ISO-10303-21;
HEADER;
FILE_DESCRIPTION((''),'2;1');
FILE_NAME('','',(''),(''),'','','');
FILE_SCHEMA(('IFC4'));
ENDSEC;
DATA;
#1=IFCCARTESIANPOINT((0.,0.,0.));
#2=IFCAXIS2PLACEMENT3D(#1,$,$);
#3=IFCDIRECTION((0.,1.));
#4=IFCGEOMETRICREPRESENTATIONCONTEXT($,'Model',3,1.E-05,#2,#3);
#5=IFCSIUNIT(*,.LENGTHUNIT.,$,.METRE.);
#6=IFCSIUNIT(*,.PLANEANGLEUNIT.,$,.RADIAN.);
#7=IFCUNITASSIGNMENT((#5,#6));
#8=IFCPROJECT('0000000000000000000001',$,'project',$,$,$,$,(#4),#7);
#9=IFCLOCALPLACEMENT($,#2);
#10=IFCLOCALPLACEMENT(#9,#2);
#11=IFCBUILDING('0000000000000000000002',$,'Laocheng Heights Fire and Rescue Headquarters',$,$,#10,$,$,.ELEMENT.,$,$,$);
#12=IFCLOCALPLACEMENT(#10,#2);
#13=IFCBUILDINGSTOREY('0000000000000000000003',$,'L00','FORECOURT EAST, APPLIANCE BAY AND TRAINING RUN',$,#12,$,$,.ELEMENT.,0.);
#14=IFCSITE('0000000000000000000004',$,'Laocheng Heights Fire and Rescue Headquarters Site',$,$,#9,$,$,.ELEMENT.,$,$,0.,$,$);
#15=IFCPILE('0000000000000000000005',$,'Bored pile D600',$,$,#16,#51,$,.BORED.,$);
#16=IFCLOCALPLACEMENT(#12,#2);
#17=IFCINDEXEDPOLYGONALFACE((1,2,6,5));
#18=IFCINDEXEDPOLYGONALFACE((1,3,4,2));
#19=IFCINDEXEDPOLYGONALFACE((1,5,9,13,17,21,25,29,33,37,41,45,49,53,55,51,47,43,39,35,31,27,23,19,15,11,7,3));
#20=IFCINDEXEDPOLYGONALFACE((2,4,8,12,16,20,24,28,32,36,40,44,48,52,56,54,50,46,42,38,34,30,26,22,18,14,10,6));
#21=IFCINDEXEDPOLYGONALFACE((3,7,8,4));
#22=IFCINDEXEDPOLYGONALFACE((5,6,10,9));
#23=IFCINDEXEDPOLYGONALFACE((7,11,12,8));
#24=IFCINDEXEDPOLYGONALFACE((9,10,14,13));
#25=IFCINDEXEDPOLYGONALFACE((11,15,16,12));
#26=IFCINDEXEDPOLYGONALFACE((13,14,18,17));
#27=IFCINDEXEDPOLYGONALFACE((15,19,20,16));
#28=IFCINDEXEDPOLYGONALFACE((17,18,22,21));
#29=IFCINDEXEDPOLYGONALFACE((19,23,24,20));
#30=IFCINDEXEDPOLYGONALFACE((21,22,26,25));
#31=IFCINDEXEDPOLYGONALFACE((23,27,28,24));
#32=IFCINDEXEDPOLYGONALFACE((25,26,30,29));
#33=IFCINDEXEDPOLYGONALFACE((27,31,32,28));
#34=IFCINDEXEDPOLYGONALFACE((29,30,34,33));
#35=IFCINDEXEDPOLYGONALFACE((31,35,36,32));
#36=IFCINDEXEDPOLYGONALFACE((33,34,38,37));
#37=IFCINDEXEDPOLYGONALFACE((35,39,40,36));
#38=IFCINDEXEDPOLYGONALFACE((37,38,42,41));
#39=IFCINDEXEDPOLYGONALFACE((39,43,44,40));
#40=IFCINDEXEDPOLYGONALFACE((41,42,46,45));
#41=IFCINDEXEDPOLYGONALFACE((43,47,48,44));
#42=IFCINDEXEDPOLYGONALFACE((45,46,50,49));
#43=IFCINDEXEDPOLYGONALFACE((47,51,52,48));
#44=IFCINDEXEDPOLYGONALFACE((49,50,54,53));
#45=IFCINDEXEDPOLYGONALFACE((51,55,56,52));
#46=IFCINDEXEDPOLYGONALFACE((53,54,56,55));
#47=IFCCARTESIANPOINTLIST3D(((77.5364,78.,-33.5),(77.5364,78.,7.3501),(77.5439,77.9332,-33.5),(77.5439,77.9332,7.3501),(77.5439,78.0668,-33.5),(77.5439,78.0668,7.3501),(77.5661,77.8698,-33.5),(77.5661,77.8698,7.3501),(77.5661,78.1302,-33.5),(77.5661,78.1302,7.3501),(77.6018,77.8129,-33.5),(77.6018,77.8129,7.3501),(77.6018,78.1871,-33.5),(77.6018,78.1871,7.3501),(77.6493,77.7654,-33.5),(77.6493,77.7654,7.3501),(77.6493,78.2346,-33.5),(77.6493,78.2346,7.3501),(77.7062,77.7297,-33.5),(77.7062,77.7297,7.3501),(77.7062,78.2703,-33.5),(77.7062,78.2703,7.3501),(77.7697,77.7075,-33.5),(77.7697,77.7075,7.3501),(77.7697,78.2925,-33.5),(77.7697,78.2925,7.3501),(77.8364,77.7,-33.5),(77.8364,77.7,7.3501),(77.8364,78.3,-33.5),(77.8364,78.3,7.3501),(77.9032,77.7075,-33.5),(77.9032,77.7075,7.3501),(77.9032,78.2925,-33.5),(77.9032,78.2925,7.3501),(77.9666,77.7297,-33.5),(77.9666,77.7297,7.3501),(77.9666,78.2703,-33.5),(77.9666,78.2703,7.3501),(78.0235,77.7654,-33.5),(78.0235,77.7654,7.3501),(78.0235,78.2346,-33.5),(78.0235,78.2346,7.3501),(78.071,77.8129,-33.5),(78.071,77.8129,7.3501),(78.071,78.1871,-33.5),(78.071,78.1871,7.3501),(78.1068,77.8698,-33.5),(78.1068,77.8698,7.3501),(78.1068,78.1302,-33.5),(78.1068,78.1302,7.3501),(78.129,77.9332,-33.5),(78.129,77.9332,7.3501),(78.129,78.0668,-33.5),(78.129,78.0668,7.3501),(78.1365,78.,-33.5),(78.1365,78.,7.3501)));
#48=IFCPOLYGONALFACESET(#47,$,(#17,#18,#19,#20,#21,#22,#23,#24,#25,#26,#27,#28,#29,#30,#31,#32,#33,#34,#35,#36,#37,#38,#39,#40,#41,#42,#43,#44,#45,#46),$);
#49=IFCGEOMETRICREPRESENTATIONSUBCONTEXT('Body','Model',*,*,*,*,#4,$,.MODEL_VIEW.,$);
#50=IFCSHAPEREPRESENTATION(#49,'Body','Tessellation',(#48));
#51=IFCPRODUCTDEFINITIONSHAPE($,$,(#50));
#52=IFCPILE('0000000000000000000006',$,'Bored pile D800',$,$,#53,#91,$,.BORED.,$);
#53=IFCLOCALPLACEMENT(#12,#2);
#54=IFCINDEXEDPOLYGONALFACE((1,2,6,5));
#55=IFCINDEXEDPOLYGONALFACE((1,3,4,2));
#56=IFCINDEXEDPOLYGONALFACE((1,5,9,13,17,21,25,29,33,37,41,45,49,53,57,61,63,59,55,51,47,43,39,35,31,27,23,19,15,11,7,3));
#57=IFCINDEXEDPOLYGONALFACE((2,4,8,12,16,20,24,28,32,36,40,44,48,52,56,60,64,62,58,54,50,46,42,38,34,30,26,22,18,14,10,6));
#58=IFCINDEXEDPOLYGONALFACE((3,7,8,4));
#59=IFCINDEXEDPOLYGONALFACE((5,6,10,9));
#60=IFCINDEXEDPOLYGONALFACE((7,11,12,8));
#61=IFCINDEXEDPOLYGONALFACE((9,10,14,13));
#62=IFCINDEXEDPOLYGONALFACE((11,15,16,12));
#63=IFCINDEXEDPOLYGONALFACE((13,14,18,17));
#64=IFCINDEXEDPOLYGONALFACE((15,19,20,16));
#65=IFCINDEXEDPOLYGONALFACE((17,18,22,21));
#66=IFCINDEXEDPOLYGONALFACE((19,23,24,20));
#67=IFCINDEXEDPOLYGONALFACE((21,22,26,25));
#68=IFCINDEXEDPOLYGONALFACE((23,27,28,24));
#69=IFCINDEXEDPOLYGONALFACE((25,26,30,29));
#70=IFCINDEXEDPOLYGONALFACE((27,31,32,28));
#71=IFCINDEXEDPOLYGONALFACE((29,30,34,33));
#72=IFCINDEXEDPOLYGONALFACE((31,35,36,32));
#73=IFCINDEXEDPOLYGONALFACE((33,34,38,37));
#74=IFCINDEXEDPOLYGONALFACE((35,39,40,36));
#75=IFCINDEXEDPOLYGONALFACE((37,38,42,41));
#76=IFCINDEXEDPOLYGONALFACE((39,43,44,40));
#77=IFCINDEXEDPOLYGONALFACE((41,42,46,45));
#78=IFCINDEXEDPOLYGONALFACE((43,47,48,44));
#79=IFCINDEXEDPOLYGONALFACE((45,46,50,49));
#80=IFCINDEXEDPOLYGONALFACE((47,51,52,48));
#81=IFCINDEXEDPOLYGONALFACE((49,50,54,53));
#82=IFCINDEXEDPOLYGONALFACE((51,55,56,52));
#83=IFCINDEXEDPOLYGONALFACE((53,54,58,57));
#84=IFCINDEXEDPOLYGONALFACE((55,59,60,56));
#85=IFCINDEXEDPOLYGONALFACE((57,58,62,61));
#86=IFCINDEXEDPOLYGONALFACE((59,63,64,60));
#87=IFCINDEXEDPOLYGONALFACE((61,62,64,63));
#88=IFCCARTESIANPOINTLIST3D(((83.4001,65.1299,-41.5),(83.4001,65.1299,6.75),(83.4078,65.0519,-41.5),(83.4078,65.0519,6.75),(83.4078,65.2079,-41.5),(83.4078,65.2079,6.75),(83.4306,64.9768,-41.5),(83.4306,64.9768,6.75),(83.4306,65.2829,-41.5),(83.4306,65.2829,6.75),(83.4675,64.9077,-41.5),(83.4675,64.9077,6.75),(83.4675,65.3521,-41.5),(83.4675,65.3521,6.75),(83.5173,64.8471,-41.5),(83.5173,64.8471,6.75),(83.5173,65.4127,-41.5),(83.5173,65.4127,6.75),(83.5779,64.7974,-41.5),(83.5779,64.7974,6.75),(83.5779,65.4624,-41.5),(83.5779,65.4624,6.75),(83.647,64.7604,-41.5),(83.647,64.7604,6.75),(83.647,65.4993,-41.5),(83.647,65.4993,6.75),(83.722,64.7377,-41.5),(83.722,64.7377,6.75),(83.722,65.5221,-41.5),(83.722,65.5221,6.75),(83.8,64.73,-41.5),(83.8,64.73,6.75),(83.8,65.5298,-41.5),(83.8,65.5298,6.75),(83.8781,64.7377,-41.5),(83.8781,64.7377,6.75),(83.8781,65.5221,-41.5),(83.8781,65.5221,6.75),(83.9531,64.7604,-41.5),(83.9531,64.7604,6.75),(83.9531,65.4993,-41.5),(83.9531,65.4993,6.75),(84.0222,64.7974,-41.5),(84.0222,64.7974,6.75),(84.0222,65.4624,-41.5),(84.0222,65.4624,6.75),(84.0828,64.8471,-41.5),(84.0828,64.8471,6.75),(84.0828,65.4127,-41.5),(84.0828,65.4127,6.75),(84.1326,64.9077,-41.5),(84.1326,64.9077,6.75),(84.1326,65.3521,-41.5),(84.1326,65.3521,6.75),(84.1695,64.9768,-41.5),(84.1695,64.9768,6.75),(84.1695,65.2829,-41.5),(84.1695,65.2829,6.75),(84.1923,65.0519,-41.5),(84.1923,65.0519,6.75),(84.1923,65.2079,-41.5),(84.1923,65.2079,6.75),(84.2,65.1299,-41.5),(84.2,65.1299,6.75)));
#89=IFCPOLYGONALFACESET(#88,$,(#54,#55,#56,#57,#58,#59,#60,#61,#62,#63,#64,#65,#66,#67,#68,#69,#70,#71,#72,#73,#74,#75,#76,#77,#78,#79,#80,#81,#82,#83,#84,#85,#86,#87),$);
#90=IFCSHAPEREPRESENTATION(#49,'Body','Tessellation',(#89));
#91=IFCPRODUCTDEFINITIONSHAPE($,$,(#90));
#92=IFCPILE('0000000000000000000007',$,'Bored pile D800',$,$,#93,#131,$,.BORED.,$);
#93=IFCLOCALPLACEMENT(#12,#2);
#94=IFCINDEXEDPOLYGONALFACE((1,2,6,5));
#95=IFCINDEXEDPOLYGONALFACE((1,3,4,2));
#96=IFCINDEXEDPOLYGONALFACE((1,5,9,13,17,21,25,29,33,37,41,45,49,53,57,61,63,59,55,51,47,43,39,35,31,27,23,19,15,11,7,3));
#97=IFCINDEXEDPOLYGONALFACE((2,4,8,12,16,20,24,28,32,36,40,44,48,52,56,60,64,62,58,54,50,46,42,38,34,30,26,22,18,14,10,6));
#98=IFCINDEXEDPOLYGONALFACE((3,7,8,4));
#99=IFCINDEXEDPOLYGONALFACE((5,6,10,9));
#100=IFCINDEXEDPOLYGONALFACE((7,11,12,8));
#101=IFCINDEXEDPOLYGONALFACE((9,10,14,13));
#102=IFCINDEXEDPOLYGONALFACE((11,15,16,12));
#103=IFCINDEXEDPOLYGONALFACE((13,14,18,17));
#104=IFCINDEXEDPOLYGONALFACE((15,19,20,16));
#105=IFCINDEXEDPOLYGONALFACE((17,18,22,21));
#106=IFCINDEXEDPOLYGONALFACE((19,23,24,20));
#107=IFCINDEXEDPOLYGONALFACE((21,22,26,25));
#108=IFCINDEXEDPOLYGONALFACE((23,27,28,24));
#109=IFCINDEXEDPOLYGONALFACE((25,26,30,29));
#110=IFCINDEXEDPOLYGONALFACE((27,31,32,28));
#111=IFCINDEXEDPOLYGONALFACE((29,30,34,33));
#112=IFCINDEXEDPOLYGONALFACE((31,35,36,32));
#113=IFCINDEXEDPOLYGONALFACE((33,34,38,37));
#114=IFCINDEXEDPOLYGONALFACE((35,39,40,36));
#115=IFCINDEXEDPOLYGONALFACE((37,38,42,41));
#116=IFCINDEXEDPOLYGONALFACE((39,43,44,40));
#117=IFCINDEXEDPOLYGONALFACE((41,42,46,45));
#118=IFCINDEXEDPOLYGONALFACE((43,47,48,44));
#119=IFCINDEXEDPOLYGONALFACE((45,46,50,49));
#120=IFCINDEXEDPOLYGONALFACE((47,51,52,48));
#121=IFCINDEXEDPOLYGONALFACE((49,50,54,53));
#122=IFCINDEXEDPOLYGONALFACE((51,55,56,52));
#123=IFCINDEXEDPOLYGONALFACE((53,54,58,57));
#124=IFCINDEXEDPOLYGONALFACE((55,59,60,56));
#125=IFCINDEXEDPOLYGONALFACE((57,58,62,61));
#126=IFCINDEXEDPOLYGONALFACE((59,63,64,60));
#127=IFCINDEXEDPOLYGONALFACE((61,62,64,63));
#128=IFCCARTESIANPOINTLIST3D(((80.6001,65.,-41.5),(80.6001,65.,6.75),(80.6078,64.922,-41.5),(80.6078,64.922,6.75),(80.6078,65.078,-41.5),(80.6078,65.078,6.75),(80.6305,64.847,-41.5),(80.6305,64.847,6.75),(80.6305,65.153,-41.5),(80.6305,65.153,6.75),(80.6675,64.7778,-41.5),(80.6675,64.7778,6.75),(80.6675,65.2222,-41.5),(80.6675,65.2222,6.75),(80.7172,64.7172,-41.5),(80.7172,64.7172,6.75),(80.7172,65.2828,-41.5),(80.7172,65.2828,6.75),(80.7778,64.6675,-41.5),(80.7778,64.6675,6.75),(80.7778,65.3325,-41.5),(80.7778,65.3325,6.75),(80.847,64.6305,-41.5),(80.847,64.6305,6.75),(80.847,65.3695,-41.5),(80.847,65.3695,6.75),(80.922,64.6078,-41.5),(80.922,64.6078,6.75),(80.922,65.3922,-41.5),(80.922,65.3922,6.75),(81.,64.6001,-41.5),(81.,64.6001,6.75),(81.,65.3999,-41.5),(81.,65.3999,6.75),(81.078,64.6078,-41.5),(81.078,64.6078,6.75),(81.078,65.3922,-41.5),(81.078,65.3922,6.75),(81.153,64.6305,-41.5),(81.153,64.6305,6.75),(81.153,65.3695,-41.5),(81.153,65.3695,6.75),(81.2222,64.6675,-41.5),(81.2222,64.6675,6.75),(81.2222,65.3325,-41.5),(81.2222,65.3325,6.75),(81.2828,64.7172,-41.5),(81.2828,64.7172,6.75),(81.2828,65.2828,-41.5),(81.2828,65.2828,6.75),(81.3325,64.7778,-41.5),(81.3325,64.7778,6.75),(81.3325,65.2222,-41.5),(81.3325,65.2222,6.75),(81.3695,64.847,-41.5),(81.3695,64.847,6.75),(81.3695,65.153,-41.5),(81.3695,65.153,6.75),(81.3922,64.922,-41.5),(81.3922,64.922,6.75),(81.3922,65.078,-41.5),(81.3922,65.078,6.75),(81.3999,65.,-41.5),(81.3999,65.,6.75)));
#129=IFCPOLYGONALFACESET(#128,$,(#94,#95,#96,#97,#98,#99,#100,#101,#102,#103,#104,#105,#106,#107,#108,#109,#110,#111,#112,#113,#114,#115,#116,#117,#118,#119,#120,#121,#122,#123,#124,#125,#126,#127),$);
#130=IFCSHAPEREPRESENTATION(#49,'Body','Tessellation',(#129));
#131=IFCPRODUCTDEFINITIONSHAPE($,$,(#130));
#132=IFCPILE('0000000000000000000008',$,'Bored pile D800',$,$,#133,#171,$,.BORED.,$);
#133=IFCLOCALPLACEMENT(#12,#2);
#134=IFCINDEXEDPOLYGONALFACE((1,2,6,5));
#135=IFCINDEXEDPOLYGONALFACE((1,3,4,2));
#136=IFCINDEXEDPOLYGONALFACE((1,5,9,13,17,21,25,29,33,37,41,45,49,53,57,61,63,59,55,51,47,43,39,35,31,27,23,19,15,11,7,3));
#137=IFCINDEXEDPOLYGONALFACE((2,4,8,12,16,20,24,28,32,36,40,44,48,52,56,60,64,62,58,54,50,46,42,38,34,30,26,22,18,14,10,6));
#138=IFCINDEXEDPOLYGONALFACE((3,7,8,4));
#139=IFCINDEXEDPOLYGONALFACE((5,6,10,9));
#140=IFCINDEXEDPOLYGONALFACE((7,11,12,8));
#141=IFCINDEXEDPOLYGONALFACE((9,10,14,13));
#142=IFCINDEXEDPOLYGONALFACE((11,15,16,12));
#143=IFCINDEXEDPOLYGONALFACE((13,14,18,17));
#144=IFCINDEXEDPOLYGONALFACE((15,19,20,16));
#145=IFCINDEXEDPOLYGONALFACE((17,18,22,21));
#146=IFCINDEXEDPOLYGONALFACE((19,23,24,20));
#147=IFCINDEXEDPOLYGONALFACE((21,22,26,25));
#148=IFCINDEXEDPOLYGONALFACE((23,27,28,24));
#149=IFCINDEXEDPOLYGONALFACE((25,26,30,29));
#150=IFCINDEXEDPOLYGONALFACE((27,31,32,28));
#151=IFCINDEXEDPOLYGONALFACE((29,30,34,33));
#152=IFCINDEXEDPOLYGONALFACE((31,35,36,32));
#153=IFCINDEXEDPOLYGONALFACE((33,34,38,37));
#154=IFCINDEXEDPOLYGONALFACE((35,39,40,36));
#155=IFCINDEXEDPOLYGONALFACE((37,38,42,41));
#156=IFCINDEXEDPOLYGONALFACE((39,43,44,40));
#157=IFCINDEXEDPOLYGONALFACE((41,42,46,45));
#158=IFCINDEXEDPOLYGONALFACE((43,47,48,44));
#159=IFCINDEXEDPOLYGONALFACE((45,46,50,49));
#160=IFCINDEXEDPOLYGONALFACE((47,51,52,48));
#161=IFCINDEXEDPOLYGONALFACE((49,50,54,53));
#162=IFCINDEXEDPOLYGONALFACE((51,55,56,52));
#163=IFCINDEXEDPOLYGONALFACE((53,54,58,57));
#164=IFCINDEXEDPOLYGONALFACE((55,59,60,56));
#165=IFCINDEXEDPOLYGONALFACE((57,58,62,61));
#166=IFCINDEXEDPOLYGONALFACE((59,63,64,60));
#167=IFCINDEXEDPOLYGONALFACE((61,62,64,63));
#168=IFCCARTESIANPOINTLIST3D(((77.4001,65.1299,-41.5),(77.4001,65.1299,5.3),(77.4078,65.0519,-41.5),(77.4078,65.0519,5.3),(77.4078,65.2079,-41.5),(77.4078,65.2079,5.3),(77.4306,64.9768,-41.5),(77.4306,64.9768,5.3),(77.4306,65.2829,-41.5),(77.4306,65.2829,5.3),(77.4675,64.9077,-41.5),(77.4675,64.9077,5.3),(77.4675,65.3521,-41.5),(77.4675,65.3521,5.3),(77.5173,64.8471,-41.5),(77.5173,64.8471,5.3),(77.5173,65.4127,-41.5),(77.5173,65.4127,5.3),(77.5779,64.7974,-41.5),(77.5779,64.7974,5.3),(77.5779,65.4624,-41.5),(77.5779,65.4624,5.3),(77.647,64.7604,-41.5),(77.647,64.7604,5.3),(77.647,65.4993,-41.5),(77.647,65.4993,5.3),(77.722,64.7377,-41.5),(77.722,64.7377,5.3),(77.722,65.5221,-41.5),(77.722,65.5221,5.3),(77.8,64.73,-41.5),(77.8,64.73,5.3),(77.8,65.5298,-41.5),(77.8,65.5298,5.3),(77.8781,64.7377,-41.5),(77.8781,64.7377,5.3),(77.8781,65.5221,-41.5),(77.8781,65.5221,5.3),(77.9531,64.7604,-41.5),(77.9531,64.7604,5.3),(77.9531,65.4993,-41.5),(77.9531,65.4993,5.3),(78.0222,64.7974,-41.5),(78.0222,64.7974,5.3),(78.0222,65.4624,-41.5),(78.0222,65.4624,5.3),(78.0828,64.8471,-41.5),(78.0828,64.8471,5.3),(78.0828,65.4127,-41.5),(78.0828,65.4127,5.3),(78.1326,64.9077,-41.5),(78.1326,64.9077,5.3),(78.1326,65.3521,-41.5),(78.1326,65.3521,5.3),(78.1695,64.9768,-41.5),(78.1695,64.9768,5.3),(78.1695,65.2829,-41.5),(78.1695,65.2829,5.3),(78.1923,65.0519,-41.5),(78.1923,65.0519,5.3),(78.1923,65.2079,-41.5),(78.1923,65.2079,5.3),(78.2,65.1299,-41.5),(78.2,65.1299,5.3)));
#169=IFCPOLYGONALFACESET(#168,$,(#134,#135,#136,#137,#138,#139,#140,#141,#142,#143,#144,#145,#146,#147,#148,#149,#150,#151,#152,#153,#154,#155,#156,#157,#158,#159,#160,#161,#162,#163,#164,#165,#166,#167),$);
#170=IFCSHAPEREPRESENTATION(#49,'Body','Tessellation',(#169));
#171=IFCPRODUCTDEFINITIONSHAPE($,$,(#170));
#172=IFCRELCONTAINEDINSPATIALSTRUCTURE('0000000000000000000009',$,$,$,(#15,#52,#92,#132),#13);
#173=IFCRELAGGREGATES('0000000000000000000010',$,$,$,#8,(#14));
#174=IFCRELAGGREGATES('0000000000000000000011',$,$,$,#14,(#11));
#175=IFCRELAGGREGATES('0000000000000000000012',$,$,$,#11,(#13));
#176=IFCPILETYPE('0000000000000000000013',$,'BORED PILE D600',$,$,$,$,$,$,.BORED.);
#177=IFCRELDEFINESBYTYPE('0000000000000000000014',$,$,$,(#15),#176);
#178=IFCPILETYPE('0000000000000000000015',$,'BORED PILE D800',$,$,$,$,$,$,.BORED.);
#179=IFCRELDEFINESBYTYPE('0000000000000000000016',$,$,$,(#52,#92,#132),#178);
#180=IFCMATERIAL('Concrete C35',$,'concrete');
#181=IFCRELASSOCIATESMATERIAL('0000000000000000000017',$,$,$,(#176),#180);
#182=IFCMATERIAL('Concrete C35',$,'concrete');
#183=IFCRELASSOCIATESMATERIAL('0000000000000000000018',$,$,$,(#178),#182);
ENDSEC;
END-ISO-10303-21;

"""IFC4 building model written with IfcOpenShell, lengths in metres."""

from ifc_helpers import new_model, si_unit, direction, frame, origin, origin_2d, place, context, subcontext, project, spatial, circle, extrude, material, material_profile, profile_set, type_object, element, save


model = new_model("IFC4")

# Units and contexts
model_context = context("Model", 3, precision=1e-05, world=origin(), true_north=direction((0.0, 1.0)))
body_context = subcontext(model_context, "Body", "Model", "MODEL_VIEW")
ifc_project = project(units=[si_unit("LENGTHUNIT", "METRE"), si_unit("PLANEANGLEUNIT", "RADIAN")], contexts=[model_context])

# Site, building, storey
site_placement = place(None, origin())
site = spatial("IfcSite", under=ifc_project, at=site_placement, Name="Laocheng Heights Fire and Rescue Headquarters Site", CompositionType="ELEMENT", RefElevation=0.0)
building_placement = place(site_placement, origin())
building = spatial("IfcBuilding", under=site, at=building_placement, Name="Laocheng Heights Fire and Rescue Headquarters", CompositionType="ELEMENT")
storey_placement = place(building_placement, origin())
storey = spatial("IfcBuildingStorey", under=building, at=storey_placement, Name="L00", Description="FORECOURT EAST, APPLIANCE BAY AND TRAINING RUN", CompositionType="ELEMENT", Elevation=0.0)

# Piles
ifc_material_1 = material(Name="Concrete C35", Category="concrete")
ifc_material_profile_1 = material_profile(ifc_material_1, circle(Radius=0.3, at=origin_2d()), Name="BORED PILE D600")
ifc_profile_set_1 = profile_set([ifc_material_profile_1], Name="Concrete C35")
pile_type_1 = type_object("IfcPileType", Name="BORED PILE D600", PredefinedType="BORED", material=ifc_profile_set_1)
for number, where, z_axis, x_axis, name in (
    (1, (77.8364, 78.0, 7.3501), (0.0, 0.0, -1.0), (1.0, 0.0, 0.0), "Bored pile D600"),
):
    element("IfcPile", number, at=place(storey_placement, frame(where, z_axis=z_axis, x_axis=x_axis)), inside=storey, type_object=pile_type_1, Name=name, PredefinedType="BORED", context=body_context, shape_type="SweptSolid", body=[
        extrude(circle(Radius=0.3, at=origin_2d()), origin(), (0.0, 0.0, 1.0), 40.8501),
    ])
ifc_material_2 = material(Name="Concrete C35", Category="concrete")
ifc_material_profile_2 = material_profile(ifc_material_2, circle(Radius=0.3999, at=origin_2d()), Name="BORED PILE D800")
ifc_profile_set_2 = profile_set([ifc_material_profile_2], Name="Concrete C35")
pile_type_2 = type_object("IfcPileType", Name="BORED PILE D800", PredefinedType="BORED", material=ifc_profile_set_2)
for number, where, z_axis, x_axis, name in (
    (2, (83.8, 65.1299, 6.75), (0.0, 0.0, -1.0), (1.0, 0.0, 0.0), "Bored pile D800"),
    (3, (81.0, 65.0, 6.75), (0.0, 0.0, -1.0), (1.0, 0.0, 0.0), "Bored pile D800"),
):
    element("IfcPile", number, at=place(storey_placement, frame(where, z_axis=z_axis, x_axis=x_axis)), inside=storey, type_object=pile_type_2, Name=name, PredefinedType="BORED", context=body_context, shape_type="SweptSolid", body=[
        extrude(circle(Radius=0.3999, at=origin_2d()), origin(), (0.0, 0.0, 1.0), 48.25),
    ])
for number, where, z_axis, x_axis, name in (
    (4, (77.8, 65.1299, 5.3), (0.0, 0.0, -1.0), (1.0, 0.0, 0.0), "Bored pile D800"),
):
    element("IfcPile", number, at=place(storey_placement, frame(where, z_axis=z_axis, x_axis=x_axis)), inside=storey, type_object=pile_type_2, Name=name, PredefinedType="BORED", context=body_context, shape_type="SweptSolid", body=[
        extrude(circle(Radius=0.3999, at=origin_2d()), origin(), (0.0, 0.0, 1.0), 46.8),
    ])

save(model, "model.ifc")
